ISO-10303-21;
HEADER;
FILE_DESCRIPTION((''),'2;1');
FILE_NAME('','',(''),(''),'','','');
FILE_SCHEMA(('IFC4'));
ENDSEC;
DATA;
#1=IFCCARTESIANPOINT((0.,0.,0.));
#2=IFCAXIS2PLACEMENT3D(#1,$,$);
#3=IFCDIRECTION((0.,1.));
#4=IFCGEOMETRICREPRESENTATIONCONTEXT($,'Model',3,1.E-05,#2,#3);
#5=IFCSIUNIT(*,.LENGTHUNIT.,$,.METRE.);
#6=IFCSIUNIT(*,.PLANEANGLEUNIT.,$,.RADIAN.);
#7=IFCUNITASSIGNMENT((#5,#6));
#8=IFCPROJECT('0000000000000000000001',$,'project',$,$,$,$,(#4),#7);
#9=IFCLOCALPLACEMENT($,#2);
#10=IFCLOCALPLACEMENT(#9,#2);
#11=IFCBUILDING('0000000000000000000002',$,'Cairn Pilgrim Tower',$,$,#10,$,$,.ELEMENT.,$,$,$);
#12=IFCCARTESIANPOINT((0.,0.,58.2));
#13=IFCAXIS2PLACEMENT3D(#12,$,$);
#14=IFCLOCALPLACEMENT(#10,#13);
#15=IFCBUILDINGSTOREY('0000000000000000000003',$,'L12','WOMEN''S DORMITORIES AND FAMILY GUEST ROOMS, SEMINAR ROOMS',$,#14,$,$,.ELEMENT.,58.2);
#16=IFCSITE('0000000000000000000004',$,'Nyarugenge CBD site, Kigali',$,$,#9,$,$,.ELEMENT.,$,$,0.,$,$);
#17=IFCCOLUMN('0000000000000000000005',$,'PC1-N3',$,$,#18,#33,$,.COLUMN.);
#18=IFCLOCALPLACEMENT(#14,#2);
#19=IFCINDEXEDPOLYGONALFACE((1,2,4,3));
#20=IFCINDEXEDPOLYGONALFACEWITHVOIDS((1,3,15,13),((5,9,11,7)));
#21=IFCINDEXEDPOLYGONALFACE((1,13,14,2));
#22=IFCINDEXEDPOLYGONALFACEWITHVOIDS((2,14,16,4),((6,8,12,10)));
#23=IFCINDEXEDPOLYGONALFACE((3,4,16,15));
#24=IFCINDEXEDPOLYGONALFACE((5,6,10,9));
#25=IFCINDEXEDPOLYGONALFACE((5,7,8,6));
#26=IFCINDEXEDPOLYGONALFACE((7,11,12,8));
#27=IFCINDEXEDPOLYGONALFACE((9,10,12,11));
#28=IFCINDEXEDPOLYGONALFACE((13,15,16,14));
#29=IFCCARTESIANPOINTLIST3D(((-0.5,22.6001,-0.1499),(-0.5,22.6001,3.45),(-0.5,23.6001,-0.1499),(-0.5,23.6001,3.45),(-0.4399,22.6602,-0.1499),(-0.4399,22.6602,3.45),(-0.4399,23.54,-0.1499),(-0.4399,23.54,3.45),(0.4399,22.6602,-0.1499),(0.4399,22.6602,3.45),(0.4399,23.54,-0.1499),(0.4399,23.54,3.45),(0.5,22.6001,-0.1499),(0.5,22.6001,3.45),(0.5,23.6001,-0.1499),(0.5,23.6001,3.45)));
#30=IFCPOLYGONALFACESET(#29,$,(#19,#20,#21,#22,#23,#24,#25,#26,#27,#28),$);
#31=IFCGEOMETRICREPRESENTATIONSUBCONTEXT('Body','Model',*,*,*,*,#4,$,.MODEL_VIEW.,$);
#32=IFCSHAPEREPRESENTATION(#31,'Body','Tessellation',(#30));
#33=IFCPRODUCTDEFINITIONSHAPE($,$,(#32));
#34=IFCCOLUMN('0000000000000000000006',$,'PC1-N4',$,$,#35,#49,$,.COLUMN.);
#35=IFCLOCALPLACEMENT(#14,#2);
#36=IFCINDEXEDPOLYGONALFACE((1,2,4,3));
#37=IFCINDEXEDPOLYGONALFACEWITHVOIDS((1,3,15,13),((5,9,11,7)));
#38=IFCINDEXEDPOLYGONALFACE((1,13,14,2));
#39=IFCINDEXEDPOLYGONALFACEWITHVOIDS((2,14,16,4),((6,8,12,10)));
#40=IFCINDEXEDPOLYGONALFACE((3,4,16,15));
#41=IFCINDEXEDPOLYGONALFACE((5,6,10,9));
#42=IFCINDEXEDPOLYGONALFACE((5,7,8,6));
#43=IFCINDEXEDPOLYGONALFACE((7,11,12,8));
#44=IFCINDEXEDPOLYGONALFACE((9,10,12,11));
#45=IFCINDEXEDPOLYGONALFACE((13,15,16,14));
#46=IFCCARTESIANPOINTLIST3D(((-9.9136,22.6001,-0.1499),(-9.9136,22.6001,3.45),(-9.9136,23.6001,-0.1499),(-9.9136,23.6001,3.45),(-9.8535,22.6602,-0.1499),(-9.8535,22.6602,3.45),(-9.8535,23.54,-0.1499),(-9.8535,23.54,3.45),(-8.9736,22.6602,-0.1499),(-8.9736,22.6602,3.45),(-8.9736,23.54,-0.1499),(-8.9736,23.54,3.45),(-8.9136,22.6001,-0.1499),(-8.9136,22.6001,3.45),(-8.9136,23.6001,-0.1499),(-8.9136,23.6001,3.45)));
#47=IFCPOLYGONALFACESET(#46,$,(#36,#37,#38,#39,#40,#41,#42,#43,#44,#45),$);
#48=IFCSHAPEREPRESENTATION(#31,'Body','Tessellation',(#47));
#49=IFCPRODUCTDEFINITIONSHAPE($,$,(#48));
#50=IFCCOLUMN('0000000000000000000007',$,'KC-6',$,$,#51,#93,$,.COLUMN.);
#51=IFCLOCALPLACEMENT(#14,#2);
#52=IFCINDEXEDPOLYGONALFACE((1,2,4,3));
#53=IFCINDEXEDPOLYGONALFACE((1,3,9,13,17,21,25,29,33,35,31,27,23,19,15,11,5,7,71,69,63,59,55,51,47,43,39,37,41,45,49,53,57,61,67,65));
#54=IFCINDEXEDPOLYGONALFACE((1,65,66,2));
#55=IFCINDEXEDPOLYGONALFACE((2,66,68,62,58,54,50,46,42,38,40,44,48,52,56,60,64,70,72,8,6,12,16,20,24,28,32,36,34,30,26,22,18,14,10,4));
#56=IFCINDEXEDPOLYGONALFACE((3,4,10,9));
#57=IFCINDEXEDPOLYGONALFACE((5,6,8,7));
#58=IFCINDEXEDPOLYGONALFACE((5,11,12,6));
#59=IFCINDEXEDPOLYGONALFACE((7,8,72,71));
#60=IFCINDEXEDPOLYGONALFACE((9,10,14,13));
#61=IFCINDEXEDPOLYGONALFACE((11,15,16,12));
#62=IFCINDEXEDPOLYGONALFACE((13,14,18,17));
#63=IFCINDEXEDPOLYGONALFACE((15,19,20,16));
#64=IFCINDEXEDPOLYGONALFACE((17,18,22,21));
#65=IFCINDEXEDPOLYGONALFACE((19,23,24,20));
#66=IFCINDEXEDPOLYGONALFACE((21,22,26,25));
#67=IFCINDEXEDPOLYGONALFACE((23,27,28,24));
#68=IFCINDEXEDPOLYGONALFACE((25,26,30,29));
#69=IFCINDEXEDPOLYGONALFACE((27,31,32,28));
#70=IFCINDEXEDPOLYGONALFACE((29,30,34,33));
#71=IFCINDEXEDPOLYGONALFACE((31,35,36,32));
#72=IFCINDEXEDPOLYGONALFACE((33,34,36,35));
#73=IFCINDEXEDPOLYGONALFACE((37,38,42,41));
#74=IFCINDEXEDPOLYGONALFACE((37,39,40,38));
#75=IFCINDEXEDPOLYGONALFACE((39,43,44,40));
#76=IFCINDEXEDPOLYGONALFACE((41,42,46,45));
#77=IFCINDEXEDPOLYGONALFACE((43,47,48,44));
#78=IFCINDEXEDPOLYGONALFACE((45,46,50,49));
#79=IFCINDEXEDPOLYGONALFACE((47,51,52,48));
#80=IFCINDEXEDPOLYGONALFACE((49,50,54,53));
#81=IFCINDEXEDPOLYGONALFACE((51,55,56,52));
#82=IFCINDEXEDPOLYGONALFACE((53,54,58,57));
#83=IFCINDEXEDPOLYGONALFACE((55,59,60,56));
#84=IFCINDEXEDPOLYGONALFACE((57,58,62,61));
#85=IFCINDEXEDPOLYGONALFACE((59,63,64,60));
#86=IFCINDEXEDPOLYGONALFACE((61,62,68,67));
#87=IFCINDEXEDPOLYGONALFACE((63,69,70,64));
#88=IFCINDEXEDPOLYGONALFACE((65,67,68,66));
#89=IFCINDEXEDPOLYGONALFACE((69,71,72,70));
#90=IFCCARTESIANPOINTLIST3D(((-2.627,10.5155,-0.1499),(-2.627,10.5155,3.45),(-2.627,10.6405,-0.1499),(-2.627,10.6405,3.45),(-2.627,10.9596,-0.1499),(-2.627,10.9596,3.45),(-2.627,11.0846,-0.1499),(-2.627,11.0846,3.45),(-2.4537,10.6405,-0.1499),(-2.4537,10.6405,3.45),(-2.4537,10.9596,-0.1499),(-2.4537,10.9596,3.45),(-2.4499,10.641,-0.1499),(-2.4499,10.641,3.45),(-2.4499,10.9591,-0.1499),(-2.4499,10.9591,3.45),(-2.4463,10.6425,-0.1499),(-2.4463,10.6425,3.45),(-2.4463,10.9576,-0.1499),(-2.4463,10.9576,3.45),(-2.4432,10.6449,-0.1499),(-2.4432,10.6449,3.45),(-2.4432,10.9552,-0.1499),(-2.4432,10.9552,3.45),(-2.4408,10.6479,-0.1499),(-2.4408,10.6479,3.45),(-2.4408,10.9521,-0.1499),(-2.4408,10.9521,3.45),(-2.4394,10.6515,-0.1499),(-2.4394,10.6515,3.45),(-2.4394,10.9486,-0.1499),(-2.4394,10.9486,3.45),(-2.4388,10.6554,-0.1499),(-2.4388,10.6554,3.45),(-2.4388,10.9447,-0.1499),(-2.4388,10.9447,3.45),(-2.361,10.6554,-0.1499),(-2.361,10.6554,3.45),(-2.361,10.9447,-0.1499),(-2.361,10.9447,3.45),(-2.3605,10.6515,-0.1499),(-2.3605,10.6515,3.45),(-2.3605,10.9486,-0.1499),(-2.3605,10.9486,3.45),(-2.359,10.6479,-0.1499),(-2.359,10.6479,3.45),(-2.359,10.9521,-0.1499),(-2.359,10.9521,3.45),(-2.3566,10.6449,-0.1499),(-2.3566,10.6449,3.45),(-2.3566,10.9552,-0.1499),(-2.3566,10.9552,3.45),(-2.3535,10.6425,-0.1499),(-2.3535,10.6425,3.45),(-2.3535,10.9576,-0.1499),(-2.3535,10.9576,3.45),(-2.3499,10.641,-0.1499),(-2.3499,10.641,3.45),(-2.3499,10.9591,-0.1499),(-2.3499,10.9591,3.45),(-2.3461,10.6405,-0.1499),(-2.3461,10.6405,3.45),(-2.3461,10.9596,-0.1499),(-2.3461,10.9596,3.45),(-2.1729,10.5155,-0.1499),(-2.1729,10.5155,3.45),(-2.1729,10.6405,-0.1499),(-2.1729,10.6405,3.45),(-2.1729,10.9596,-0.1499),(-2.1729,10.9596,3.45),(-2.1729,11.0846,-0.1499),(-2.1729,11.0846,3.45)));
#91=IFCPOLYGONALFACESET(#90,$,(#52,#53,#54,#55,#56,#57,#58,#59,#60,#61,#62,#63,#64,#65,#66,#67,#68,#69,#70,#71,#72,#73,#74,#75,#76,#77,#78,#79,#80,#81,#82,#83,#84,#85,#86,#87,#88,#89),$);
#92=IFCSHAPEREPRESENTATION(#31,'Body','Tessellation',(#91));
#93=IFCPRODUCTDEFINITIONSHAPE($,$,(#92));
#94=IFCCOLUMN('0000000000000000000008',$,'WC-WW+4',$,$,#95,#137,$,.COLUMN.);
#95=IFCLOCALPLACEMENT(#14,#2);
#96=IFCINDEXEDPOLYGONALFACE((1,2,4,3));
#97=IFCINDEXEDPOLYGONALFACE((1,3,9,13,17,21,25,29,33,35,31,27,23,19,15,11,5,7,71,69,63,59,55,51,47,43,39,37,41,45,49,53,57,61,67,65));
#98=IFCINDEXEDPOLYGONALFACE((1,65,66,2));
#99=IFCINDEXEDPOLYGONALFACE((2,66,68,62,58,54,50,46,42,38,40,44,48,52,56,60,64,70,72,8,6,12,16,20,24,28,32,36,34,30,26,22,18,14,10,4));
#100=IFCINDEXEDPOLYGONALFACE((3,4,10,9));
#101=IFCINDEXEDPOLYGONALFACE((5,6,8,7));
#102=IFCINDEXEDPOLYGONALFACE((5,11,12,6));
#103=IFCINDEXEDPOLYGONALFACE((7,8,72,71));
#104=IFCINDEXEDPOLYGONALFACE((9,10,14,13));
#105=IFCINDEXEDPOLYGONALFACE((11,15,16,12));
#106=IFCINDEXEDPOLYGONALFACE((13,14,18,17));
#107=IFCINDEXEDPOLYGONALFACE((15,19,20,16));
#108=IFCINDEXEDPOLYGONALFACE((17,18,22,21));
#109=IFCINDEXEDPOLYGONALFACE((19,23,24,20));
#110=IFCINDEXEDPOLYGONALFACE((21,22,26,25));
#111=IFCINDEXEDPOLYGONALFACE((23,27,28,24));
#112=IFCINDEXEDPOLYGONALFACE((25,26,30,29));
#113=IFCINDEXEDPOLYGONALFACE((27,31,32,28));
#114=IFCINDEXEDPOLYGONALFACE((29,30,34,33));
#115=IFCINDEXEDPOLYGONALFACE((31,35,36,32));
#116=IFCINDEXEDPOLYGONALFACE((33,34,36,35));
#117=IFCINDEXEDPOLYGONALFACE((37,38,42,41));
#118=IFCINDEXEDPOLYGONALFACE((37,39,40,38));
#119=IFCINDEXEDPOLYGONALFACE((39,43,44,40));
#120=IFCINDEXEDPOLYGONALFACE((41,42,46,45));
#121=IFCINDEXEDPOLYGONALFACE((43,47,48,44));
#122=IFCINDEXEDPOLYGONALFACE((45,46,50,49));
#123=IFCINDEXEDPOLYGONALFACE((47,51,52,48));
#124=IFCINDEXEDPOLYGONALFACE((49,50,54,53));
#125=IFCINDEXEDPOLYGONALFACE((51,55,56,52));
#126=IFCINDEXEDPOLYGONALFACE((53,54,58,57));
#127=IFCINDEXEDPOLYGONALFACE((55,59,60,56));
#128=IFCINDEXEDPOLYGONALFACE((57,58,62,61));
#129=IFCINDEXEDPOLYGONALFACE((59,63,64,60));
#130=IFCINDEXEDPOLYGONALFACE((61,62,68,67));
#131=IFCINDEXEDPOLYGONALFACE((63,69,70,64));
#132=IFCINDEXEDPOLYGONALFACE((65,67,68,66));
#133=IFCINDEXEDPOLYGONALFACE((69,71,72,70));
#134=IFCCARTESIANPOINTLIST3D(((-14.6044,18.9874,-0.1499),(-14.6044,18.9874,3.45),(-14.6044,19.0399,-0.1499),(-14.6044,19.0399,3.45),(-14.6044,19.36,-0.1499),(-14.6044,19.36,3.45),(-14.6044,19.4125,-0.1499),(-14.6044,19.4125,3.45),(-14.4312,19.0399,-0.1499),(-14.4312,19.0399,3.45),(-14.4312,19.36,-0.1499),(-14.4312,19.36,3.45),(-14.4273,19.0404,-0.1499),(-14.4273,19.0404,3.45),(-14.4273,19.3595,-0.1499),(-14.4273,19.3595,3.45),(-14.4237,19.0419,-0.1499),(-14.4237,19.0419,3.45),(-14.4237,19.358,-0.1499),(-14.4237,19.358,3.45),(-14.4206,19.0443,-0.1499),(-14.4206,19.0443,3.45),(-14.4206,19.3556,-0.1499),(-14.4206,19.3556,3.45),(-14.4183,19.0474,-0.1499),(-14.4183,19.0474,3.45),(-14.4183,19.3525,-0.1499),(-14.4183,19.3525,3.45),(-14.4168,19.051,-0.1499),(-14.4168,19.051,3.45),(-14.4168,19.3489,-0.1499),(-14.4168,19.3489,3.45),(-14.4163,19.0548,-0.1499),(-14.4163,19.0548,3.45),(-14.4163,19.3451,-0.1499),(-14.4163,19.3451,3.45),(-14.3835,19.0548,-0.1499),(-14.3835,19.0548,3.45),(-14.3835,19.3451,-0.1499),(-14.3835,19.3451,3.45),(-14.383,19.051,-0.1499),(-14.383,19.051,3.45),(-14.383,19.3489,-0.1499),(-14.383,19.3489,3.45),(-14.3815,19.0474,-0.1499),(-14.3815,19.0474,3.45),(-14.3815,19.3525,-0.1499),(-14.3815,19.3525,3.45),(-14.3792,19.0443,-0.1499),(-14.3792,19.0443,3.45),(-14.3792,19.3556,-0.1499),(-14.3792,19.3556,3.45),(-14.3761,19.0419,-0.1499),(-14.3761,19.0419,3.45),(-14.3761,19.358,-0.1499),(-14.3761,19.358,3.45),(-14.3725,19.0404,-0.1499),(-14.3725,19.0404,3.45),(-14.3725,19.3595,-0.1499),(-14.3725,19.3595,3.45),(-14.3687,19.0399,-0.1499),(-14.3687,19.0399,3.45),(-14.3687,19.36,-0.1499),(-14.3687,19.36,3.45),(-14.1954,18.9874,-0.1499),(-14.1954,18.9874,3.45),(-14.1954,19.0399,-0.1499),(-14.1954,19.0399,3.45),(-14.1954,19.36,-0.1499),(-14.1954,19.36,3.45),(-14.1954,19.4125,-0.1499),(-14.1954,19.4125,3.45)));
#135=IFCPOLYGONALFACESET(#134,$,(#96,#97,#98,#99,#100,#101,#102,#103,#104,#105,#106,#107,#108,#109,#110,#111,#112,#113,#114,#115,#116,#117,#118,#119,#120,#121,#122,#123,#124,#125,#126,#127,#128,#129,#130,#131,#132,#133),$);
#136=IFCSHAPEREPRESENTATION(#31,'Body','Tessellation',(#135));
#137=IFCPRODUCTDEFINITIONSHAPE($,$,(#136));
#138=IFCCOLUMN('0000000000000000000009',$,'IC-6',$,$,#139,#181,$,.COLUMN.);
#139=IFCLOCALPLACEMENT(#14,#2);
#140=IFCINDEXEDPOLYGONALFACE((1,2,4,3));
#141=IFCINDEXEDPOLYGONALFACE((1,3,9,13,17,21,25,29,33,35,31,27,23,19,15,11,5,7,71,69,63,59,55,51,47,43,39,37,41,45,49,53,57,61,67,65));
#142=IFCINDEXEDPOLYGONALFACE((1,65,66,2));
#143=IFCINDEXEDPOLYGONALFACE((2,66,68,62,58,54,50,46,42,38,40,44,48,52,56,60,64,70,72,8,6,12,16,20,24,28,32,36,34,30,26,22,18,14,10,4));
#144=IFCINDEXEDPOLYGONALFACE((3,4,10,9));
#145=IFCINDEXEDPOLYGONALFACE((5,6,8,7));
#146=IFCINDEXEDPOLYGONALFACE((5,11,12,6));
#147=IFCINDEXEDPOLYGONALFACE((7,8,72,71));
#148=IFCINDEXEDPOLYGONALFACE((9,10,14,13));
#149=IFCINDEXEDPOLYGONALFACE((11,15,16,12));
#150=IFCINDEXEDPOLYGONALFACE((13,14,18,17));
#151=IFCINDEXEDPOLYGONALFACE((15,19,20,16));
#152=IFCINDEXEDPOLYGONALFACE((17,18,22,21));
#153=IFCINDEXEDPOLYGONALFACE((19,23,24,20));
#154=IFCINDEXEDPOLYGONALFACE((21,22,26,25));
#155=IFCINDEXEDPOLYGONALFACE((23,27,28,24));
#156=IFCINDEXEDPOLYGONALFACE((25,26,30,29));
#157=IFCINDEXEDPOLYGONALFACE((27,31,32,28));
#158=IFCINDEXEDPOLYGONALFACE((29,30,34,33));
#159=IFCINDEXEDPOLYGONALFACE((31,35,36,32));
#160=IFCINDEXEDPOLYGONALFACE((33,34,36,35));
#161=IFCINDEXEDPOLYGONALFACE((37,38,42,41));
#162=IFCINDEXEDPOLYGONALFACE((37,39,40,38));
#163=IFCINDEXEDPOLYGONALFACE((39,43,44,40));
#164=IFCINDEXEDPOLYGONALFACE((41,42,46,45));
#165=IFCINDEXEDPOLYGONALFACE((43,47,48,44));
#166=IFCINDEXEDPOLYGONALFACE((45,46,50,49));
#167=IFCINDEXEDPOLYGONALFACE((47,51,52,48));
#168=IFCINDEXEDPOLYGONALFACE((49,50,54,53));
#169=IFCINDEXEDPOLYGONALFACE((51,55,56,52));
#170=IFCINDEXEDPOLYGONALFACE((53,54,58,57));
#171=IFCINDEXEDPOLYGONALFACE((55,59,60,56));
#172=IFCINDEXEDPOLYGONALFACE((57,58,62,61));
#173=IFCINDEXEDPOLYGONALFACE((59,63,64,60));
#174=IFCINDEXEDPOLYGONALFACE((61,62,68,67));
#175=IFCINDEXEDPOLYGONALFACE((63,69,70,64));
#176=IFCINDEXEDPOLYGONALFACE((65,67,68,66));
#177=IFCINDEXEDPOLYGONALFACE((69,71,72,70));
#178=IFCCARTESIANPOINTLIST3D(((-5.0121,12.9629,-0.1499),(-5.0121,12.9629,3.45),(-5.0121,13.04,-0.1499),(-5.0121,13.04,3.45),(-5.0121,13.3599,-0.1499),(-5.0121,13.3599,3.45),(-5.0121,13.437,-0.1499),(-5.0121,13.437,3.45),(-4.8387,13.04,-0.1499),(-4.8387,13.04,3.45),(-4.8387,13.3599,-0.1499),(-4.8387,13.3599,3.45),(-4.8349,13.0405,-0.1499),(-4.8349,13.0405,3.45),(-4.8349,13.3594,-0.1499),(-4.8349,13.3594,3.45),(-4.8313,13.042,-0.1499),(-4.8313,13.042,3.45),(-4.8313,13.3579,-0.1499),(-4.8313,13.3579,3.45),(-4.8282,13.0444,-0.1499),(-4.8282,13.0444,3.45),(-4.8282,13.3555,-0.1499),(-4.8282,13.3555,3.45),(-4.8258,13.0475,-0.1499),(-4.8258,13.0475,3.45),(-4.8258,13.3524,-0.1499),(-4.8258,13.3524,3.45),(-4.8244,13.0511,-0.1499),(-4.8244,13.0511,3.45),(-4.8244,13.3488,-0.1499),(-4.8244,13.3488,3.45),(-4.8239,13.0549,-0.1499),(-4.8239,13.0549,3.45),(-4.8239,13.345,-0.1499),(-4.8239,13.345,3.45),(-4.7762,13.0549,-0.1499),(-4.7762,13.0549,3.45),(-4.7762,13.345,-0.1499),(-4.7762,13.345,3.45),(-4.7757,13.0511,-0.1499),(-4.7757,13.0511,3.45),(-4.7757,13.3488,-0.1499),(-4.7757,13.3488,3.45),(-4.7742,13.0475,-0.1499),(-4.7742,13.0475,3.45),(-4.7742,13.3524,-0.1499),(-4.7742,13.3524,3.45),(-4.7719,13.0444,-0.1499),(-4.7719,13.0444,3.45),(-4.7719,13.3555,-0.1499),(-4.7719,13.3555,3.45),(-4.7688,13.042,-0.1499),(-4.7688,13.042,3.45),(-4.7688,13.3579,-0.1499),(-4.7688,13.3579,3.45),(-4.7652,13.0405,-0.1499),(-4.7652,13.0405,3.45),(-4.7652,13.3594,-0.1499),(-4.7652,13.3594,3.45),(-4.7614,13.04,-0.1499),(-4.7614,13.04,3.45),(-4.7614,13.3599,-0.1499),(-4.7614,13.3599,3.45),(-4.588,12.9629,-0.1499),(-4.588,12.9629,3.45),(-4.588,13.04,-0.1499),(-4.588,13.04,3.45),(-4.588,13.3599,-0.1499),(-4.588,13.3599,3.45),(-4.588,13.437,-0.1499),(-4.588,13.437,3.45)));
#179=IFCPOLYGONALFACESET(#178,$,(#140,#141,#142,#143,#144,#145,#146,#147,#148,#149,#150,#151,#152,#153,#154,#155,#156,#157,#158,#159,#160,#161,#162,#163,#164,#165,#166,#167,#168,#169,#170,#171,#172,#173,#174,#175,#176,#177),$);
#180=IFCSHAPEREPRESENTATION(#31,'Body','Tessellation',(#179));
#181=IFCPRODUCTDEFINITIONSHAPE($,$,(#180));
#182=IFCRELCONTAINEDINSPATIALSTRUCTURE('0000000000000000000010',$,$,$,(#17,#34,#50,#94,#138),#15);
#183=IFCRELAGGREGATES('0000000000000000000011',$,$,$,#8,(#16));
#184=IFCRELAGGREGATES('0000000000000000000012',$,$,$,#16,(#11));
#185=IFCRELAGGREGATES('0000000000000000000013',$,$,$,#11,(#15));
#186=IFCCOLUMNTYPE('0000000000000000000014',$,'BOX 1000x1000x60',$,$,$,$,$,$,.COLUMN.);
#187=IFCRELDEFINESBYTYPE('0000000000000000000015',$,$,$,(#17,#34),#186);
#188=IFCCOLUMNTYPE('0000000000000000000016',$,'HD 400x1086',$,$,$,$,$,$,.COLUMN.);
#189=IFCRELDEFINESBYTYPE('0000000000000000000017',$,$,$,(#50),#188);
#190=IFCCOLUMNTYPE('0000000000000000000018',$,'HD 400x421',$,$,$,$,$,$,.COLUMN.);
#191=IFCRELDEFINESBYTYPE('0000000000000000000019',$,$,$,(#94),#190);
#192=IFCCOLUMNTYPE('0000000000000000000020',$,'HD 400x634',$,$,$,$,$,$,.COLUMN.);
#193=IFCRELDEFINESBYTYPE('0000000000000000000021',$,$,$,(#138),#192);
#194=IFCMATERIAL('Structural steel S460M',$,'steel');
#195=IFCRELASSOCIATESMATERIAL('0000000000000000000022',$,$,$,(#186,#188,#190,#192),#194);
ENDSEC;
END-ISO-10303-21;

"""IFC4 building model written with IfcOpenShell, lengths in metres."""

from ifc_helpers import new_model, si_unit, direction, frame, origin, origin_2d, place, context, subcontext, project, spatial, hollow_rectangle, i_section, extrude, material, material_profile, profile_set, type_object, element, save


model = new_model("IFC4")

# Units and contexts
model_context = context("Model", 3, precision=1e-05, world=origin(), true_north=direction((0.0, 1.0)))
body_context = subcontext(model_context, "Body", "Model", "MODEL_VIEW")
ifc_project = project(units=[si_unit("LENGTHUNIT", "METRE"), si_unit("PLANEANGLEUNIT", "RADIAN")], contexts=[model_context])

# Site, building, storey
site_placement = place(None, origin())
site = spatial("IfcSite", under=ifc_project, at=site_placement, Name="Nyarugenge CBD site, Kigali", CompositionType="ELEMENT", RefElevation=0.0)
building_placement = place(site_placement, origin())
building = spatial("IfcBuilding", under=site, at=building_placement, Name="Cairn Pilgrim Tower", CompositionType="ELEMENT")
storey_placement = place(building_placement, frame((0.0, 0.0, 58.2)))
storey = spatial("IfcBuildingStorey", under=building, at=storey_placement, Name="L12", Description="WOMEN'S DORMITORIES AND FAMILY GUEST ROOMS, SEMINAR ROOMS", CompositionType="ELEMENT", Elevation=58.2)

# Columns
ifc_material_1 = material(Name="Structural steel S460M", Category="steel")
ifc_material_profile_1 = material_profile(ifc_material_1, hollow_rectangle(XDim=1.0, YDim=1.0, WallThickness=0.0601, at=origin_2d()), Name="BOX 1000x1000x60")
ifc_profile_set_1 = profile_set([ifc_material_profile_1], Name="Structural steel S460M")
column_type_1 = type_object("IfcColumnType", Name="BOX 1000x1000x60", PredefinedType="COLUMN", material=ifc_profile_set_1)
for number, where, z_axis, x_axis, name in (
    (1, (0.0, 23.1001, -0.1499), (0.0, 0.0, 1.0), (1.0, 0.0, 0.0), "PC1-N3"),
    (2, (-9.4136, 23.1001, -0.1499), (0.0, 0.0, 1.0), (1.0, 0.0, 0.0), "PC1-N4"),
):
    element("IfcColumn", number, at=place(storey_placement, frame(where, z_axis=z_axis, x_axis=x_axis)), inside=storey, type_object=column_type_1, Name=name, PredefinedType="COLUMN", context=body_context, shape_type="SweptSolid", body=[
        extrude(hollow_rectangle(XDim=1.0, YDim=1.0, WallThickness=0.0601, at=origin_2d()), origin(), (0.0, 0.0, 1.0), 3.5999),
    ])
ifc_material_profile_2 = material_profile(ifc_material_1, i_section(OverallWidth=0.4541, OverallDepth=0.5691, WebThickness=0.0779, FlangeThickness=0.125, FilletRadius=0.0149, at=origin_2d()), Name="HD 400x1086")
ifc_profile_set_2 = profile_set([ifc_material_profile_2], Name="Structural steel S460M")
column_type_2 = type_object("IfcColumnType", Name="HD 400x1086", PredefinedType="COLUMN", material=ifc_profile_set_2)
column_1_placement = place(storey_placement, frame((-2.3999, 10.8, -0.1499), z_axis=(0.0, 0.0, 1.0), x_axis=(1.0, 0.0, 0.0)))
element("IfcColumn", 3, at=column_1_placement, inside=storey, type_object=column_type_2, Name="KC-6", PredefinedType="COLUMN", context=body_context, shape_type="SweptSolid", body=[
    extrude(i_section(OverallWidth=0.4541, OverallDepth=0.5691, WebThickness=0.0779, FlangeThickness=0.125, FilletRadius=0.0149, at=origin_2d()), origin(), (0.0, 0.0, 1.0), 3.5999),
])
ifc_material_profile_3 = material_profile(ifc_material_1, i_section(OverallWidth=0.4089, OverallDepth=0.425, WebThickness=0.0327, FlangeThickness=0.0525, FilletRadius=0.0149, at=origin_2d()), Name="HD 400x421")
ifc_profile_set_3 = profile_set([ifc_material_profile_3], Name="Structural steel S460M")
column_type_3 = type_object("IfcColumnType", Name="HD 400x421", PredefinedType="COLUMN", material=ifc_profile_set_3)
column_2_placement = place(storey_placement, frame((-14.3999, 19.2, -0.1499), z_axis=(0.0, 0.0, 1.0), x_axis=(1.0, 0.0, 0.0)))
element("IfcColumn", 4, at=column_2_placement, inside=storey, type_object=column_type_3, Name="WC-WW+4", PredefinedType="COLUMN", context=body_context, shape_type="SweptSolid", body=[
    extrude(i_section(OverallWidth=0.4089, OverallDepth=0.425, WebThickness=0.0327, FlangeThickness=0.0525, FilletRadius=0.0149, at=origin_2d()), origin(), (0.0, 0.0, 1.0), 3.5999),
])
ifc_material_profile_4 = material_profile(ifc_material_1, i_section(OverallWidth=0.4241, OverallDepth=0.4741, WebThickness=0.0476, FlangeThickness=0.0771, FilletRadius=0.0149, at=origin_2d()), Name="HD 400x634")
ifc_profile_set_4 = profile_set([ifc_material_profile_4], Name="Structural steel S460M")
column_type_4 = type_object("IfcColumnType", Name="HD 400x634", PredefinedType="COLUMN", material=ifc_profile_set_4)
column_3_placement = place(storey_placement, frame((-4.8, 13.2, -0.1499), z_axis=(0.0, 0.0, 1.0), x_axis=(1.0, 0.0, 0.0)))
element("IfcColumn", 5, at=column_3_placement, inside=storey, type_object=column_type_4, Name="IC-6", PredefinedType="COLUMN", context=body_context, shape_type="SweptSolid", body=[
    extrude(i_section(OverallWidth=0.4241, OverallDepth=0.4741, WebThickness=0.0476, FlangeThickness=0.0771, FilletRadius=0.0149, at=origin_2d()), origin(), (0.0, 0.0, 1.0), 3.5999),
])

save(model, "model.ifc")
